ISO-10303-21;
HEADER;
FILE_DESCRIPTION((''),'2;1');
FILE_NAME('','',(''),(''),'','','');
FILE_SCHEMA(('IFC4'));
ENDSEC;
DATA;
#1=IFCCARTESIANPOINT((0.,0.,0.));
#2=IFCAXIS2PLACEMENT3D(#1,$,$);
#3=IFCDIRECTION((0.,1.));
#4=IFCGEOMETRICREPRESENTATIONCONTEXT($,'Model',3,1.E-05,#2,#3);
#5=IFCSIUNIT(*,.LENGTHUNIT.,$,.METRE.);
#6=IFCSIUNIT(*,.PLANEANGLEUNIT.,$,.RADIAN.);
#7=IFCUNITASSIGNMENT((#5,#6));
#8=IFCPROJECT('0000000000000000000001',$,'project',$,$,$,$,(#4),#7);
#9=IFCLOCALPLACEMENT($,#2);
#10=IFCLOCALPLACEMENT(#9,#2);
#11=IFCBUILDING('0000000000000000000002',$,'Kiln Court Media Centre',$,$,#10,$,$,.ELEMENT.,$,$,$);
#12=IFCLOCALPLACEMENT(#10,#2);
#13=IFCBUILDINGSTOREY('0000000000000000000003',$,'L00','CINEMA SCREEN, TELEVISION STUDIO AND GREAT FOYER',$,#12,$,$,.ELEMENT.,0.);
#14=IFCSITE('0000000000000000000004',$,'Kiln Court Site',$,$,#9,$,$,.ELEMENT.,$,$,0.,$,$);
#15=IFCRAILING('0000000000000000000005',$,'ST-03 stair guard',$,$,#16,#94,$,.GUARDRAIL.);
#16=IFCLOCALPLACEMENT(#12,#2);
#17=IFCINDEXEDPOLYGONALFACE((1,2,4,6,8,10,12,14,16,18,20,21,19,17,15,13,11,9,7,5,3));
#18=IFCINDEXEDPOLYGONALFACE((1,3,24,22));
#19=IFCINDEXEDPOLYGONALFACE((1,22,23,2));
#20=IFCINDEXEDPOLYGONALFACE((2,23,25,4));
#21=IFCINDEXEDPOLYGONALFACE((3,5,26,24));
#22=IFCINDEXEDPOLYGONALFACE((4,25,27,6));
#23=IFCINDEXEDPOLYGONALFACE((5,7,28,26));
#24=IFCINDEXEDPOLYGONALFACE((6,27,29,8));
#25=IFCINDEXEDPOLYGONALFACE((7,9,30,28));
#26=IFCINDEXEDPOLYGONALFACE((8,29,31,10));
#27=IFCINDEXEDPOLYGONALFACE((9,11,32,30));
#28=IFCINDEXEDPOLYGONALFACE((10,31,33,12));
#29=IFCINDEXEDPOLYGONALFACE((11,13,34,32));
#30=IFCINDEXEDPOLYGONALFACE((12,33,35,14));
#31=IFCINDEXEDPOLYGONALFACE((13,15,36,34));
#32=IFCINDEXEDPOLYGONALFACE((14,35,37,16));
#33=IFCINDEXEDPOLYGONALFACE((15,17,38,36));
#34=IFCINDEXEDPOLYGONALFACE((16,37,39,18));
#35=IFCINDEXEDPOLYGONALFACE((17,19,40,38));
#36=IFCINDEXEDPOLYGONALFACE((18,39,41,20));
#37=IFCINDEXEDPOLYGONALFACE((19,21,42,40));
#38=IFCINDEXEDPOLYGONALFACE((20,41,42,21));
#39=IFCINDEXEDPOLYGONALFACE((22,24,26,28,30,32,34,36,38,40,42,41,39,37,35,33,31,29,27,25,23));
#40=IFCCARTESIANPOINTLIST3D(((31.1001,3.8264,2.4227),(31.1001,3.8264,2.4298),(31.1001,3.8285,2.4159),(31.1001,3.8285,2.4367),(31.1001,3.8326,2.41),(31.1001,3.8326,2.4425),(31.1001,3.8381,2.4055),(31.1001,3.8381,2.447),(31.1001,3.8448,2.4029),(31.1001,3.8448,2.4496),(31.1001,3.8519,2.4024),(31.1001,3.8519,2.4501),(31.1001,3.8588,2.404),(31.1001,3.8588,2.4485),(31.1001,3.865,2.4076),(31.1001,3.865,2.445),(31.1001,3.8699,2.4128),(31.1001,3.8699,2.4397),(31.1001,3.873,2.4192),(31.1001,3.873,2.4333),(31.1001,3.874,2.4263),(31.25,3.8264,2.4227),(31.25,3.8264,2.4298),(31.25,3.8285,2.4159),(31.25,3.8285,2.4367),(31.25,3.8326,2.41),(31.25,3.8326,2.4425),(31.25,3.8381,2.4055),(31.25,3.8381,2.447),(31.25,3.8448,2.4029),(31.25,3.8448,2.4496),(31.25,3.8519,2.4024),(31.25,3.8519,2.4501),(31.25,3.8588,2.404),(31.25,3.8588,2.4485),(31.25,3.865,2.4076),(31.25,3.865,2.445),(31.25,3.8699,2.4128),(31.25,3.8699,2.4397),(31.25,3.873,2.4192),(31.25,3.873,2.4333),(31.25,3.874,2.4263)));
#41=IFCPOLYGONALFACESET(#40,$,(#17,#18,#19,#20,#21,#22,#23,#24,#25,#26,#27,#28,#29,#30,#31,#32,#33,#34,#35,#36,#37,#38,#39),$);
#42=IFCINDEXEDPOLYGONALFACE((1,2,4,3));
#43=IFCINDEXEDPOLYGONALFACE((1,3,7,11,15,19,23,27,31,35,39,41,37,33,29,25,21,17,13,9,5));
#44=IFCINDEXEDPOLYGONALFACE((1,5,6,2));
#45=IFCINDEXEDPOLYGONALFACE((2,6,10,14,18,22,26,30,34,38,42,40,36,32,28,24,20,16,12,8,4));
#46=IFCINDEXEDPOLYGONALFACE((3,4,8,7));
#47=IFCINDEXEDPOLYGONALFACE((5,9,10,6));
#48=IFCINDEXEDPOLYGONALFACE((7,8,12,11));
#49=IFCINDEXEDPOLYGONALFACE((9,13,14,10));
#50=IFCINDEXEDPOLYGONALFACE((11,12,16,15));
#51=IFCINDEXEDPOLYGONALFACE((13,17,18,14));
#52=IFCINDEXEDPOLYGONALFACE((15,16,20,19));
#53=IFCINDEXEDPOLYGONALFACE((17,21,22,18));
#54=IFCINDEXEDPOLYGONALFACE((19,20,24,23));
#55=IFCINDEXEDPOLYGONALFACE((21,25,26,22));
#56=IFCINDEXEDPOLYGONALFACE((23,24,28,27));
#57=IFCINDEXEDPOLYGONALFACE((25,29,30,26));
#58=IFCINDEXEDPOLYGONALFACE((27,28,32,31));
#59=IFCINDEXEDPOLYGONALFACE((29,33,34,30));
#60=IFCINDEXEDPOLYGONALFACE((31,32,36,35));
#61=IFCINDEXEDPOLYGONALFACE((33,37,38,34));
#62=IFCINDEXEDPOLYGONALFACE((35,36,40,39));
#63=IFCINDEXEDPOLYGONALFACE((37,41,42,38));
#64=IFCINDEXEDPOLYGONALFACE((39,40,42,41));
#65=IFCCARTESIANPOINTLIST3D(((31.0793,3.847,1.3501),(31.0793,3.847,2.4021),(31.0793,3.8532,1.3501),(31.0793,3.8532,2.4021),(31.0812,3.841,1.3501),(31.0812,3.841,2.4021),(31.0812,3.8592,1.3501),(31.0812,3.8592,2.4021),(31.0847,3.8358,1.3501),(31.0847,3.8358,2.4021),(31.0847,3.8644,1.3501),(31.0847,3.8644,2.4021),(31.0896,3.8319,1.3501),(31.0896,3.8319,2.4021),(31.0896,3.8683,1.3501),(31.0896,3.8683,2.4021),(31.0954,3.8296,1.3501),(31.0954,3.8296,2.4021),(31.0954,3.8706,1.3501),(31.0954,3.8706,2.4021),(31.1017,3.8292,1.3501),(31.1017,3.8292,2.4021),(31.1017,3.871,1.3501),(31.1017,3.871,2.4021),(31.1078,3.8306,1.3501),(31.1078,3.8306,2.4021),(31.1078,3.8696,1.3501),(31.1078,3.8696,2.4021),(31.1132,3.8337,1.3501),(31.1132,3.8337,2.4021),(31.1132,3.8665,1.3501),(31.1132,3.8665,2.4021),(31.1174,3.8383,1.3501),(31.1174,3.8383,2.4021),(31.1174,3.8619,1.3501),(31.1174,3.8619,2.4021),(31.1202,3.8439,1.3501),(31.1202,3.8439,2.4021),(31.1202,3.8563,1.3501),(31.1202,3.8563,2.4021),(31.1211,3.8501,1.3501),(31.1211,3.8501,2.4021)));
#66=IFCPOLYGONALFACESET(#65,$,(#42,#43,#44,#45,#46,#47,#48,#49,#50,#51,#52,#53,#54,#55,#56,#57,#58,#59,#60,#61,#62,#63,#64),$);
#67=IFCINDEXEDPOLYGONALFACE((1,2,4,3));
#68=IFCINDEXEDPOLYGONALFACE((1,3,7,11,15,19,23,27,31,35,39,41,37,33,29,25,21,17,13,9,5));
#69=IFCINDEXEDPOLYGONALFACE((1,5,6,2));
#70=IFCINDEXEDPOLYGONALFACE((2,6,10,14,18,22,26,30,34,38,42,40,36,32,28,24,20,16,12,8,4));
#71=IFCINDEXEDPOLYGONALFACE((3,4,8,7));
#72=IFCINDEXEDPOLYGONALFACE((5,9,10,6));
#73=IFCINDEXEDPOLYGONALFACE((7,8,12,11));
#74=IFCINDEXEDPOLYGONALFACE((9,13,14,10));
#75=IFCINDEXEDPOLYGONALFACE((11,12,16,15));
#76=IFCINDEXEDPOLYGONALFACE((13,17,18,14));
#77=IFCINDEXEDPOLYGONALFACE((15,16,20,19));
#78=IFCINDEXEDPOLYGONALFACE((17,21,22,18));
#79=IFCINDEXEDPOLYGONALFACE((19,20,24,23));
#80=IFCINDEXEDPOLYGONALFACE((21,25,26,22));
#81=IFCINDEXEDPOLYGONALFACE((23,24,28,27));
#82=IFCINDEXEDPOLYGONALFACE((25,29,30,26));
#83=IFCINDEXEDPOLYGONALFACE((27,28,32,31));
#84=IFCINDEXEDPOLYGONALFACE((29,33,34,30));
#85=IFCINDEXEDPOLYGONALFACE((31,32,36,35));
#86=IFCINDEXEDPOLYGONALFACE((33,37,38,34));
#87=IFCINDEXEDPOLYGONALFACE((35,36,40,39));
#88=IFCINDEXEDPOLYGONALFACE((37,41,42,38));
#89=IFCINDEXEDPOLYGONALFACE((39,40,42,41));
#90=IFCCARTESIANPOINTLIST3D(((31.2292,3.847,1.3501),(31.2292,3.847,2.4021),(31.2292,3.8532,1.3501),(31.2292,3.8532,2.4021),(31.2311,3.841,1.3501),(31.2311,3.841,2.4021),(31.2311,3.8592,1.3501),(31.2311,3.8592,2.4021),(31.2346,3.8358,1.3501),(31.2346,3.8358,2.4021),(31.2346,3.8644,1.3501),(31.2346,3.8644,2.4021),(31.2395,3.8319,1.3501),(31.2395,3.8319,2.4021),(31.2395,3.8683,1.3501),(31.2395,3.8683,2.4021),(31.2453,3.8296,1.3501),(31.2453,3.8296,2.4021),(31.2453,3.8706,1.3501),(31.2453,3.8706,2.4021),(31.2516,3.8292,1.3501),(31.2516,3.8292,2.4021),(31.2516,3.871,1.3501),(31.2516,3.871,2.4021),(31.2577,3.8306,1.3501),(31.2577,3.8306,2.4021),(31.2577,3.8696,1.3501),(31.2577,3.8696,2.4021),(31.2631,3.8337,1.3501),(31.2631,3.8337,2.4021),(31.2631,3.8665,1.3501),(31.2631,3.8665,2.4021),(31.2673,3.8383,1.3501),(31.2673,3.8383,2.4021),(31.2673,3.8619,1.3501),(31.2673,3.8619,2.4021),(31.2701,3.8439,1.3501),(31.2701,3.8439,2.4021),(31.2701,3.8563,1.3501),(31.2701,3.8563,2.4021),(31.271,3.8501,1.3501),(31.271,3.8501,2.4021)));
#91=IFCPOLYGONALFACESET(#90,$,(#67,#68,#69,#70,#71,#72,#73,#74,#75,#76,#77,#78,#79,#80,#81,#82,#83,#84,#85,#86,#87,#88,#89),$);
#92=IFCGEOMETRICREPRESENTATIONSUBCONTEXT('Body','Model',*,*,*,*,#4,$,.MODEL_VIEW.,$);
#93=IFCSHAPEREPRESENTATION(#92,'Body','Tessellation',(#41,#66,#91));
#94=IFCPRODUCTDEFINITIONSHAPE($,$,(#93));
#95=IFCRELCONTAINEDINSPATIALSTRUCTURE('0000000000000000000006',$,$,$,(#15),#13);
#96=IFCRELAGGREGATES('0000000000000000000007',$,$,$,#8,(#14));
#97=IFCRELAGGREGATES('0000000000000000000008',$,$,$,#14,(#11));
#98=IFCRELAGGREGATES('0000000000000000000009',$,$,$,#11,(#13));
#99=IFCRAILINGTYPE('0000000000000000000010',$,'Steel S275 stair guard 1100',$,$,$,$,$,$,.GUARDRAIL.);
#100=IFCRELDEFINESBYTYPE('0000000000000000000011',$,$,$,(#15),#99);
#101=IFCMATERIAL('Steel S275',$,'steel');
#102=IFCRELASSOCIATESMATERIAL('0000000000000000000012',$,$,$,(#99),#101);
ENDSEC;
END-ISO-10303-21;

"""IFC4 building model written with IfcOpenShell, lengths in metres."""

from ifc_helpers import new_model, si_unit, direction, frame, origin, origin_2d, place, context, subcontext, project, spatial, circle, extrude, material, type_object, element, save


model = new_model("IFC4")

# Units and contexts
model_context = context("Model", 3, precision=1e-05, world=origin(), true_north=direction((0.0, 1.0)))
body_context = subcontext(model_context, "Body", "Model", "MODEL_VIEW")
ifc_project = project(units=[si_unit("LENGTHUNIT", "METRE"), si_unit("PLANEANGLEUNIT", "RADIAN")], contexts=[model_context])

# Site, building, storey
site_placement = place(None, origin())
site = spatial("IfcSite", under=ifc_project, at=site_placement, Name="Kiln Court Site", CompositionType="ELEMENT", RefElevation=0.0)
building_placement = place(site_placement, origin())
building = spatial("IfcBuilding", under=site, at=building_placement, Name="Kiln Court Media Centre", CompositionType="ELEMENT")
storey_placement = place(building_placement, origin())
storey = spatial("IfcBuildingStorey", under=building, at=storey_placement, Name="L00", Description="CINEMA SCREEN, TELEVISION STUDIO AND GREAT FOYER", CompositionType="ELEMENT", Elevation=0.0)

# Railing
ifc_material_1 = material(Name="Steel S275", Category="steel")
railing_type_1 = type_object("IfcRailingType", Name="Steel S275 stair guard 1100", PredefinedType="GUARDRAIL", material=ifc_material_1)
railing_1_placement = place(storey_placement, frame((31.1001, 3.8501, 1.3501)))
element("IfcRailing", 1, at=railing_1_placement, inside=storey, type_object=railing_type_1, Name="ST-03 stair guard", PredefinedType="GUARDRAIL", context=body_context, shape_type="SweptSolid", body=[
    extrude(circle(Radius=0.0239, at=origin_2d()), frame((0.0, 0.0, 1.0762), z_axis=(1.0, 0.0, 0.0), x_axis=(0.0, 1.0, 0.0)), (0.0, 0.0, 1.0), 0.1499),
    extrude(circle(Radius=0.021, at=origin_2d()), origin(), (0.0, 0.0, 1.0), 1.052),
    extrude(circle(Radius=0.021, at=origin_2d()), frame((0.1499, 0.0, 0.0)), (0.0, 0.0, 1.0), 1.052),
])

save(model, "model.ifc")
